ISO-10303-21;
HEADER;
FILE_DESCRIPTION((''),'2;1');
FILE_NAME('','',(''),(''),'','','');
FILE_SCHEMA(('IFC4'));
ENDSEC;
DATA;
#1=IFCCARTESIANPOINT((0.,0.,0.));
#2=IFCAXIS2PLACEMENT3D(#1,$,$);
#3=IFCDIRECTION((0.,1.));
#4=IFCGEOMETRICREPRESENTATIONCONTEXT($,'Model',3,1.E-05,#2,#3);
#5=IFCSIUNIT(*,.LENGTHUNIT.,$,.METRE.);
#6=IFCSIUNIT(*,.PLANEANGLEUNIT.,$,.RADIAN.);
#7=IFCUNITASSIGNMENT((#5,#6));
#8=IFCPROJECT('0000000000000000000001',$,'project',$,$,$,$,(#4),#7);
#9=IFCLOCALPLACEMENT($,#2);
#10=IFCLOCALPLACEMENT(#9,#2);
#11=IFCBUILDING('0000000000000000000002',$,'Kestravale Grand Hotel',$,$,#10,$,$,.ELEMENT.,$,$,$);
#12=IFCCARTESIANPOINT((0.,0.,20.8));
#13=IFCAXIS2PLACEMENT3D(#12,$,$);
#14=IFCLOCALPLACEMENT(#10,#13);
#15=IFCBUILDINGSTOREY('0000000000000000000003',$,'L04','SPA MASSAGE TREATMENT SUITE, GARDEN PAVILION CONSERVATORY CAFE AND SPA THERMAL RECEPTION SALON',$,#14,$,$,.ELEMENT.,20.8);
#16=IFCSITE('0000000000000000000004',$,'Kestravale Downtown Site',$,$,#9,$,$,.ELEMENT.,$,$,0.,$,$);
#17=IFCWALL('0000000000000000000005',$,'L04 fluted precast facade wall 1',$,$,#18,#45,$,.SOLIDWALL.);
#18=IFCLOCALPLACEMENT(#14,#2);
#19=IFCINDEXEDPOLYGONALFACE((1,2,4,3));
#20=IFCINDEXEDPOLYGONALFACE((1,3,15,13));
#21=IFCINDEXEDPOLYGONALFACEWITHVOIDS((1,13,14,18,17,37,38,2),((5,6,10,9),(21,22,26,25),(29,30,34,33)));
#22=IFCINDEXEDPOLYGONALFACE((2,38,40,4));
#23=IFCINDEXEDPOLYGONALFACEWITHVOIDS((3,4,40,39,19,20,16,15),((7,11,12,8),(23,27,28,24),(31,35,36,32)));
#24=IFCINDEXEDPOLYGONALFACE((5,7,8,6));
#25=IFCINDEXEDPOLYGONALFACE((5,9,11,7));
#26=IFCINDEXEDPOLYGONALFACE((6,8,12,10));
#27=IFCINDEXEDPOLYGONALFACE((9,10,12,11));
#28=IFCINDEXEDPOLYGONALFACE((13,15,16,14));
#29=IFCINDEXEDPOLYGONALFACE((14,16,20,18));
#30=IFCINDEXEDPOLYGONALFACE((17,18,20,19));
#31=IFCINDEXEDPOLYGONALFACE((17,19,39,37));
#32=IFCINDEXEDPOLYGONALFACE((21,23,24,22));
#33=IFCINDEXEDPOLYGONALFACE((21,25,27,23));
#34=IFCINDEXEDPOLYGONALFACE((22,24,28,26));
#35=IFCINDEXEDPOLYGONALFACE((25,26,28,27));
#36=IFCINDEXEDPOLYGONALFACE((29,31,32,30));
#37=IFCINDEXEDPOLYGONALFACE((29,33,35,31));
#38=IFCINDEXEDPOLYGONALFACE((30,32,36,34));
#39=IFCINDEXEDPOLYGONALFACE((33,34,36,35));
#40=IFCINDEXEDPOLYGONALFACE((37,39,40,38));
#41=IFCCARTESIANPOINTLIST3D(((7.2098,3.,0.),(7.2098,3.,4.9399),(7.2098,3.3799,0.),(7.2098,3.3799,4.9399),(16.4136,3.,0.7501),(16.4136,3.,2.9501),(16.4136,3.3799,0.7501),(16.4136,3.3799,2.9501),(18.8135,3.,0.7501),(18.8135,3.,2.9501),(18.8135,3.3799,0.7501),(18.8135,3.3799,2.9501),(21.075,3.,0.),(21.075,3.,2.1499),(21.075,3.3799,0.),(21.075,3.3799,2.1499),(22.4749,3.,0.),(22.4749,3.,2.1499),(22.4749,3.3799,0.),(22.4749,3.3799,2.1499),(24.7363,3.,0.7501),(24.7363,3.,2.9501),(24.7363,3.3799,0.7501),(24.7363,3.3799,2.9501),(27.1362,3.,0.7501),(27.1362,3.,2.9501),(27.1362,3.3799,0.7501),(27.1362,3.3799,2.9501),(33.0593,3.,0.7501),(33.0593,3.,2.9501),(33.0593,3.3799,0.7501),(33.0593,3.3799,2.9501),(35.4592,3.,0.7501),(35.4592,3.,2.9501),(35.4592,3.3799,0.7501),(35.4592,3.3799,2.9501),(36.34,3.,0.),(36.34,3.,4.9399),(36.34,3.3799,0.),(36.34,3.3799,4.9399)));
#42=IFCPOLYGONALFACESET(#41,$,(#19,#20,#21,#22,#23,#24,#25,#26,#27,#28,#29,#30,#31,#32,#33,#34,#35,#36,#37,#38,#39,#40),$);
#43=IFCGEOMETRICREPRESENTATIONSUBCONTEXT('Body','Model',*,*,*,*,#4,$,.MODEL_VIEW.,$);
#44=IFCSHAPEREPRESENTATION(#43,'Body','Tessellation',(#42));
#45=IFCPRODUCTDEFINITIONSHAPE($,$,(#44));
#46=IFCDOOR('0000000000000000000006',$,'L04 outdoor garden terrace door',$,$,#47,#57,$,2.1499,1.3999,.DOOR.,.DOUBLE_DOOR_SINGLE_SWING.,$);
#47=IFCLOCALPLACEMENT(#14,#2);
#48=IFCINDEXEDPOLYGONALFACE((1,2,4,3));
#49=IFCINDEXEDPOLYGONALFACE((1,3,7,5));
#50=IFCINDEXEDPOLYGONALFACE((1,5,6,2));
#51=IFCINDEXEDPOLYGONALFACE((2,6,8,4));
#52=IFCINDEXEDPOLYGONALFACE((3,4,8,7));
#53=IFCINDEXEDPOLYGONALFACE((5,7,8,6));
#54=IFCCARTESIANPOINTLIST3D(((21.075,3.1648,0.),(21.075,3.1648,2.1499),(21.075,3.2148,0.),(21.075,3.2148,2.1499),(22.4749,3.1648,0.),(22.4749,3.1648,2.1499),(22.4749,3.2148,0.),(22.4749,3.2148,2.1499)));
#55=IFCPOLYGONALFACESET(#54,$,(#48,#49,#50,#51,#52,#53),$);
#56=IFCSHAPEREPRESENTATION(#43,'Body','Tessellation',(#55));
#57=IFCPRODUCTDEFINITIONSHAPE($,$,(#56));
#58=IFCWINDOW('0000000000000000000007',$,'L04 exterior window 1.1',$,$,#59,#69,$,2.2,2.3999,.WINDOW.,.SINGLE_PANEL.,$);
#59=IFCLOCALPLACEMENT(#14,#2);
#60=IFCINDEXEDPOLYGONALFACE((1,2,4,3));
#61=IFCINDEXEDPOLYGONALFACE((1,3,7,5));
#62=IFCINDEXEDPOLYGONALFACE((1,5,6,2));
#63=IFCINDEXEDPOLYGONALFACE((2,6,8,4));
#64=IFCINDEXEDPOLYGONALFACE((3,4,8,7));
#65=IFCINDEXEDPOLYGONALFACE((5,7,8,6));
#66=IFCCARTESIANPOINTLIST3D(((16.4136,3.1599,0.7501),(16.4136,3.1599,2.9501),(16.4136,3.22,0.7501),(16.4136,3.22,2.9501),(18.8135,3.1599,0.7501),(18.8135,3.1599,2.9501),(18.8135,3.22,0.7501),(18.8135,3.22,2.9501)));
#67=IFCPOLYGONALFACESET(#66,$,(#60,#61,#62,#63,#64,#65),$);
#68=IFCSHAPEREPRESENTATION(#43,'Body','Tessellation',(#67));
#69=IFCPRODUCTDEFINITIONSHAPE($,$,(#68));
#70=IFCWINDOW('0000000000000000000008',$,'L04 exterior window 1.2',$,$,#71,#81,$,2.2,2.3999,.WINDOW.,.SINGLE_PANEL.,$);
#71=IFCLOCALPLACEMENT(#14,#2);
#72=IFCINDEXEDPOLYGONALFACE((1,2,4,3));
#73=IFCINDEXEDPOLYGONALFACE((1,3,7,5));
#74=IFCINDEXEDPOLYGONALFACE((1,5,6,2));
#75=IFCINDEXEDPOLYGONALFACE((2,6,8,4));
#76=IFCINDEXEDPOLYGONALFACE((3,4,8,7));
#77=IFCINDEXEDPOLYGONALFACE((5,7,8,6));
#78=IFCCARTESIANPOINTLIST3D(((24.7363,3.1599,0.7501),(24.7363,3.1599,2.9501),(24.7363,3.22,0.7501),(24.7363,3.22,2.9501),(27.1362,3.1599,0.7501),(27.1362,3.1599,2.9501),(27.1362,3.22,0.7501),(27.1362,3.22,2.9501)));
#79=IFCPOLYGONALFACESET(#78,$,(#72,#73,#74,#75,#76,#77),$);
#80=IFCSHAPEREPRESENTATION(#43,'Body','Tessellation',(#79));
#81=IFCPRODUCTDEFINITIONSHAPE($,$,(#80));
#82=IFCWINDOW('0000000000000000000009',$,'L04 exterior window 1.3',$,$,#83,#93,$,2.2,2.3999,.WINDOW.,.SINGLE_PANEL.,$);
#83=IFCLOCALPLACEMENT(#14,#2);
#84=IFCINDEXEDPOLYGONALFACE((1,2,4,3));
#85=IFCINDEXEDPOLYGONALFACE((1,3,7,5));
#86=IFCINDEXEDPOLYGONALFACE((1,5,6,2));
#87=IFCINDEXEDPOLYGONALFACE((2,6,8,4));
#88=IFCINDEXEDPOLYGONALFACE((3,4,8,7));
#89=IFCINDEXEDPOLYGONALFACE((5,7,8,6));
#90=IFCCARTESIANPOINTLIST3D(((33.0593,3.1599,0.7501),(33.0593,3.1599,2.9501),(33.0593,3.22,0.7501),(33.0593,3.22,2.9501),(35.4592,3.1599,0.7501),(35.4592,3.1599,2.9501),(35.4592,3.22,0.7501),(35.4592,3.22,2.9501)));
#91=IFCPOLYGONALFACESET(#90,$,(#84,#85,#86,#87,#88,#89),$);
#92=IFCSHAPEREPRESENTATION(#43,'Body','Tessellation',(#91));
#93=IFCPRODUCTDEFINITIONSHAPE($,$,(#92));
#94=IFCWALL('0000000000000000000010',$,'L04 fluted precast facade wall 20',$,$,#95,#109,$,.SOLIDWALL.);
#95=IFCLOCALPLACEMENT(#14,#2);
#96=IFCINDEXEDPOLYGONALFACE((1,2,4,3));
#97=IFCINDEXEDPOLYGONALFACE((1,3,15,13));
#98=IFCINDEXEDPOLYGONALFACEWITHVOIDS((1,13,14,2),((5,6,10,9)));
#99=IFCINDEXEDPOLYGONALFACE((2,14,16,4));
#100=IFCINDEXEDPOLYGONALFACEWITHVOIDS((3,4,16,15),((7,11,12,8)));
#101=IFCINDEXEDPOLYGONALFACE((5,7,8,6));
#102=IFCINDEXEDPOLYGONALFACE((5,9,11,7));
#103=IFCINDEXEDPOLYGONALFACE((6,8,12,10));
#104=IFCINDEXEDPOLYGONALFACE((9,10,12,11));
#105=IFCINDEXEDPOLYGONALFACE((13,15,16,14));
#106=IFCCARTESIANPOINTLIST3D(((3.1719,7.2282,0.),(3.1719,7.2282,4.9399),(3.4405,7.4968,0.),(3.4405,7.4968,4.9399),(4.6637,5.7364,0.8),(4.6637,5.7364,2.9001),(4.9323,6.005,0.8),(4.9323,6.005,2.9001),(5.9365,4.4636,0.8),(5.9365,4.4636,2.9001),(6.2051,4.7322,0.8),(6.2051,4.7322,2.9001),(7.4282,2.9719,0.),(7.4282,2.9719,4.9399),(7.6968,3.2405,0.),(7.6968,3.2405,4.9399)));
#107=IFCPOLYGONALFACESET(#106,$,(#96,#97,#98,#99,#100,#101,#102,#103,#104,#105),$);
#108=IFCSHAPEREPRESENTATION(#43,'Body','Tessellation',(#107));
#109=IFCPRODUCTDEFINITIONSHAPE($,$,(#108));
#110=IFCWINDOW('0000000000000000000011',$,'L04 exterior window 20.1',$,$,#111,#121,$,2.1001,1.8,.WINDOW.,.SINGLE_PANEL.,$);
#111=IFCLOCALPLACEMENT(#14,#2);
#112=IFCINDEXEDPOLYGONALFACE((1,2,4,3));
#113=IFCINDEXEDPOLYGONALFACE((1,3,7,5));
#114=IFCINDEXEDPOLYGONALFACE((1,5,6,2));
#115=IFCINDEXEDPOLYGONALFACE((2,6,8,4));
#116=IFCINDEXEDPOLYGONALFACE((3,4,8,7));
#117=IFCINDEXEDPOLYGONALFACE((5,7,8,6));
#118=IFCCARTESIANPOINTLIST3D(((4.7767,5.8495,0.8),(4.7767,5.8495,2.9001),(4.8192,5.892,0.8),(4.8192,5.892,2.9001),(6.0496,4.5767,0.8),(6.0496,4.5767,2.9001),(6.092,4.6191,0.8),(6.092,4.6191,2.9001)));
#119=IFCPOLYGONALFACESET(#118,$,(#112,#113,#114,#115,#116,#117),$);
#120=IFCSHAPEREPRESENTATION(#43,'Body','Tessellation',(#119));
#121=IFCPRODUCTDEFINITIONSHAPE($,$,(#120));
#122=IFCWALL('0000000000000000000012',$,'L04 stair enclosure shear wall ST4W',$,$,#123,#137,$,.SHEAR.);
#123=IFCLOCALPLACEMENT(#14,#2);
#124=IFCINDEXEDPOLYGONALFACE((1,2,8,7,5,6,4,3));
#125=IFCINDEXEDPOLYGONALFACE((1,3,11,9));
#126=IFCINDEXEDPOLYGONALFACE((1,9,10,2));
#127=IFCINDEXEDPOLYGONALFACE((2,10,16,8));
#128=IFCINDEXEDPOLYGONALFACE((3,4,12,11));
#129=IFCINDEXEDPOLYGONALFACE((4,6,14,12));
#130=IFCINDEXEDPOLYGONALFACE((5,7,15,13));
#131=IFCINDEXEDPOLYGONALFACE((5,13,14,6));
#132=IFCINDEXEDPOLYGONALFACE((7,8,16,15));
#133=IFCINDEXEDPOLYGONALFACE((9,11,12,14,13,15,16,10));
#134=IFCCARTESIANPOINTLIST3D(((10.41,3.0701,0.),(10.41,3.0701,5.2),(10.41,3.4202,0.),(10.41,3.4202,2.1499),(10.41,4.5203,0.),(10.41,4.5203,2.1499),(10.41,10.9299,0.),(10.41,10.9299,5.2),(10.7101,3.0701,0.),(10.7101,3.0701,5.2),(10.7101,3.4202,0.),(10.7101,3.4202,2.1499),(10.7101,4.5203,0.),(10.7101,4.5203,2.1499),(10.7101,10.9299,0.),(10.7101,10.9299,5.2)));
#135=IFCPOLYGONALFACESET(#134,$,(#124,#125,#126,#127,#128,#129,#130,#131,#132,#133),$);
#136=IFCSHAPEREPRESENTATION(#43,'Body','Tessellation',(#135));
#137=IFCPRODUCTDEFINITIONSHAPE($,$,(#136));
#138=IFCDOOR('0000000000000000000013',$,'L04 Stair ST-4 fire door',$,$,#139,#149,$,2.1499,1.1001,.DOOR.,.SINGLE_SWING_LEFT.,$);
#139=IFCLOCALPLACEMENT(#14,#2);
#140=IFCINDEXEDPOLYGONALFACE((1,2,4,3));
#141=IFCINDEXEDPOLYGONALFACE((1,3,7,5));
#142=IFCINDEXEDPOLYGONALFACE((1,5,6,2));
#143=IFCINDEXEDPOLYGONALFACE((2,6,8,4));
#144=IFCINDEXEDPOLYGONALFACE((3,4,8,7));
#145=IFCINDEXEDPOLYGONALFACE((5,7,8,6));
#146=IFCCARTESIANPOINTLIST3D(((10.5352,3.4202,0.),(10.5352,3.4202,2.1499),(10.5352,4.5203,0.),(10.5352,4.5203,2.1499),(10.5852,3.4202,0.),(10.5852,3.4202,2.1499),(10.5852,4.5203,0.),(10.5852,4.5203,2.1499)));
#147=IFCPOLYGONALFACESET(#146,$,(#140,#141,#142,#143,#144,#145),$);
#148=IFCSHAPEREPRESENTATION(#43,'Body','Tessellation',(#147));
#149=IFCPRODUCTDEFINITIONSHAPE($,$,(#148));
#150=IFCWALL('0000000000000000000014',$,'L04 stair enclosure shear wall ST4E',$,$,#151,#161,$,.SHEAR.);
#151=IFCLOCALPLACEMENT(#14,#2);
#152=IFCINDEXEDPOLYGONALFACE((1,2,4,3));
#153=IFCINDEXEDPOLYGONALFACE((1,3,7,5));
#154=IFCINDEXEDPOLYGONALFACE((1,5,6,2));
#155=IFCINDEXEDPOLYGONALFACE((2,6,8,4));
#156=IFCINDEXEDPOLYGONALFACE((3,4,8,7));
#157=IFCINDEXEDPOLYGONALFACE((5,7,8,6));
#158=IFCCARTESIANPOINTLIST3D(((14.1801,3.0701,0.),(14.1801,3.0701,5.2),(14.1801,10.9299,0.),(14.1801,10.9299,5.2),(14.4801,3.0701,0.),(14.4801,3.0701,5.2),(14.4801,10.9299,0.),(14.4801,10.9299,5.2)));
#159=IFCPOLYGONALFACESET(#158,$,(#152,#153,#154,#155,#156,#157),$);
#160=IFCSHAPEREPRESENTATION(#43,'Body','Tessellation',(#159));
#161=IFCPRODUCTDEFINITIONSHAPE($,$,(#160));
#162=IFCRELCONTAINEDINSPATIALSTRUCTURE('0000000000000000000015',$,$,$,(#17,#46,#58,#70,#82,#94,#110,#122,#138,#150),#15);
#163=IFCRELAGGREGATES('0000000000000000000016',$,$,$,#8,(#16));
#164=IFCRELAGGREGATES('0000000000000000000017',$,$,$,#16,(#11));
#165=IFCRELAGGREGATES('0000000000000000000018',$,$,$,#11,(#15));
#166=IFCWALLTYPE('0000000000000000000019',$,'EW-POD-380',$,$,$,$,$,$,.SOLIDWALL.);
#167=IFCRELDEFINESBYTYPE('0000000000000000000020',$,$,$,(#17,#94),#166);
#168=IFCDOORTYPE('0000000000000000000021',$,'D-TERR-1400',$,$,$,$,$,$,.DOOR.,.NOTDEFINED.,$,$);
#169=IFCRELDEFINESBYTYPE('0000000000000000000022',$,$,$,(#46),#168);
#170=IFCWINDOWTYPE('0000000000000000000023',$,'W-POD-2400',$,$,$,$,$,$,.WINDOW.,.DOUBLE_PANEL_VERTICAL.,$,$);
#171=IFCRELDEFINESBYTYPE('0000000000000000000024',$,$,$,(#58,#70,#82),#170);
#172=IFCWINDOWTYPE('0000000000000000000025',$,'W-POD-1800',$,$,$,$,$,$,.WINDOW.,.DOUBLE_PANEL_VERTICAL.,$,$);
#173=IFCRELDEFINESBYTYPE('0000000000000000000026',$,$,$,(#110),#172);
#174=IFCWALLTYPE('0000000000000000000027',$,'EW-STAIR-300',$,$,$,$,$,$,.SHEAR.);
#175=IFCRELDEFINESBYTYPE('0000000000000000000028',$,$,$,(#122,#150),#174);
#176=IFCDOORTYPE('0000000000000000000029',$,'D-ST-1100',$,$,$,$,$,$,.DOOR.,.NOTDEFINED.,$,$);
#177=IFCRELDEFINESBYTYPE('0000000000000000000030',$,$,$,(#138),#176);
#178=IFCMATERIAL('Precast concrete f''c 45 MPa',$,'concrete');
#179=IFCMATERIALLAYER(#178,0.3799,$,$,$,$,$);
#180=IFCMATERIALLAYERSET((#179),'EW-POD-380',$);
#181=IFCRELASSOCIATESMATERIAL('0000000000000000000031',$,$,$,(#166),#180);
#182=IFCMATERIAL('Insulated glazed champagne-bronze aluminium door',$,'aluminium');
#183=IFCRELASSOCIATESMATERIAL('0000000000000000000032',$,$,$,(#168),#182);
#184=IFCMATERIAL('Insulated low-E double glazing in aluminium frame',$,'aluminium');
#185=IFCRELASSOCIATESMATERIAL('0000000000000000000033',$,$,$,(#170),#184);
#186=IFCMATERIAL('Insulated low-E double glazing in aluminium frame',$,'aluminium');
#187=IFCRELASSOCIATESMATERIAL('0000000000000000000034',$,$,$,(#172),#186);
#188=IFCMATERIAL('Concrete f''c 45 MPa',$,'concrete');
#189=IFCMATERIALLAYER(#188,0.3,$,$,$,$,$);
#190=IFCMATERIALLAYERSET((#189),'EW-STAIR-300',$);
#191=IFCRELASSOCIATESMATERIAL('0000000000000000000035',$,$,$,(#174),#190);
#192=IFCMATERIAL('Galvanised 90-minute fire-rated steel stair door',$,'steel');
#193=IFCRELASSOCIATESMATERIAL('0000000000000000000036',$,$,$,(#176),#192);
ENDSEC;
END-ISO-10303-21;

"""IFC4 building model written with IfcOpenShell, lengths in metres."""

from ifc_helpers import new_model, si_unit, direction, frame, frame_2d, origin, place, context, subcontext, project, spatial, rectangle, extrude, material, layer, layer_set, type_object, element, fill, save


model = new_model("IFC4")

# Units and contexts
model_context = context("Model", 3, precision=1e-05, world=origin(), true_north=direction((0.0, 1.0)))
body_context = subcontext(model_context, "Body", "Model", "MODEL_VIEW")
ifc_project = project(units=[si_unit("LENGTHUNIT", "METRE"), si_unit("PLANEANGLEUNIT", "RADIAN")], contexts=[model_context])

# Site, building, storey
site_placement = place(None, origin())
site = spatial("IfcSite", under=ifc_project, at=site_placement, Name="Kestravale Downtown Site", CompositionType="ELEMENT", RefElevation=0.0)
building_placement = place(site_placement, origin())
building = spatial("IfcBuilding", under=site, at=building_placement, Name="Kestravale Grand Hotel", CompositionType="ELEMENT")
storey_placement = place(building_placement, frame((0.0, 0.0, 20.8)))
storey = spatial("IfcBuildingStorey", under=building, at=storey_placement, Name="L04", Description="SPA MASSAGE TREATMENT SUITE, GARDEN PAVILION CONSERVATORY CAFE AND SPA THERMAL RECEPTION SALON", CompositionType="ELEMENT", Elevation=20.8)

# Wall, openings, door, windows
ifc_material_1 = material(Name="Precast concrete f'c 45 MPa", Category="concrete")
ifc_layer_1 = layer(ifc_material_1, 0.3799)
ifc_layer_set_1 = layer_set([ifc_layer_1], Name="EW-POD-380")
wall_type_1 = type_object("IfcWallType", Name="EW-POD-380", PredefinedType="SOLIDWALL", material=ifc_layer_set_1)
wall_1_placement = place(storey_placement, frame((7.21, 3.1899, 0.0), z_axis=(0.0, 0.0, 1.0), x_axis=(1.0, 0.0, 0.0)))
wall_1 = element("IfcWall", 1, at=wall_1_placement, inside=storey, type_object=wall_type_1, Name="L04 fluted precast facade wall 1", PredefinedType="SOLIDWALL", context=body_context, shape_type="SweptSolid", body=[
    extrude(rectangle(XDim=29.1301, YDim=0.3799, at=frame_2d((14.5649, 0.0))), origin(), (0.0, 0.0, 1.0), 4.9399),
])
opening_1_placement = place(wall_1_placement, frame((13.865, 0.0, 0.0)))
opening_1 = element("IfcOpeningElement", 2, at=opening_1_placement, cuts=wall_1, PredefinedType="OPENING", context=body_context, shape_type="SweptSolid", body=[
    extrude(rectangle(XDim=1.3999, YDim=2.1499, at=frame_2d((0.7, 1.075))), frame((0.0, 0.2, 0.0), z_axis=(0.0, -1.0, 0.0), x_axis=(1.0, 0.0, 0.0)), (0.0, 0.0, 1.0), 0.3999),
])
opening_2_placement = place(wall_1_placement, frame((9.2036, 0.0, 0.75)))
opening_2 = element("IfcOpeningElement", 3, at=opening_2_placement, cuts=wall_1, PredefinedType="OPENING", context=body_context, shape_type="SweptSolid", body=[
    extrude(rectangle(XDim=2.3999, YDim=2.2, at=frame_2d((1.2, 1.1001))), frame((0.0, 0.2, 0.0), z_axis=(0.0, -1.0, 0.0), x_axis=(1.0, 0.0, 0.0)), (0.0, 0.0, 1.0), 0.3999),
])
opening_3_placement = place(wall_1_placement, frame((17.5264, 0.0, 0.75)))
opening_3 = element("IfcOpeningElement", 4, at=opening_3_placement, cuts=wall_1, PredefinedType="OPENING", context=body_context, shape_type="SweptSolid", body=[
    extrude(rectangle(XDim=2.3999, YDim=2.2, at=frame_2d((1.2, 1.1001))), frame((0.0, 0.2, 0.0), z_axis=(0.0, -1.0, 0.0), x_axis=(1.0, 0.0, 0.0)), (0.0, 0.0, 1.0), 0.3999),
])
opening_4_placement = place(wall_1_placement, frame((25.8494, 0.0, 0.75)))
opening_4 = element("IfcOpeningElement", 5, at=opening_4_placement, cuts=wall_1, PredefinedType="OPENING", context=body_context, shape_type="SweptSolid", body=[
    extrude(rectangle(XDim=2.3999, YDim=2.2, at=frame_2d((1.2, 1.1001))), frame((0.0, 0.2, 0.0), z_axis=(0.0, -1.0, 0.0), x_axis=(1.0, 0.0, 0.0)), (0.0, 0.0, 1.0), 0.3999),
])
ifc_material_2 = material(Name="Insulated glazed champagne-bronze aluminium door", Category="aluminium")
door_type_1 = type_object("IfcDoorType", Name="D-TERR-1400", OperationType="NOTDEFINED", PredefinedType="DOOR", material=ifc_material_2)
door_1_placement = place(opening_1_placement, origin())
door_1 = element("IfcDoor", 6, at=door_1_placement, inside=storey, type_object=door_type_1, Name="L04 outdoor garden terrace door", OperationType="DOUBLE_DOOR_SINGLE_SWING", OverallHeight=2.1499, OverallWidth=1.3999, PredefinedType="DOOR", context=body_context, shape_type="SweptSolid", body=[
    extrude(rectangle(XDim=1.3999, YDim=2.1499, at=frame_2d((0.7, 1.075))), frame((0.0, 0.0249, 0.0), z_axis=(0.0, -1.0, 0.0), x_axis=(1.0, 0.0, 0.0)), (0.0, 0.0, 1.0), 0.05),
])
fill(opening_1, door_1)
ifc_material_3 = material(Name="Insulated low-E double glazing in aluminium frame", Category="aluminium")
window_type_1 = type_object("IfcWindowType", Name="W-POD-2400", PartitioningType="DOUBLE_PANEL_VERTICAL", PredefinedType="WINDOW", material=ifc_material_3)
window_1_placement = place(opening_2_placement, origin())
window_1 = element("IfcWindow", 7, at=window_1_placement, inside=storey, type_object=window_type_1, Name="L04 exterior window 1.1", OverallHeight=2.2, OverallWidth=2.3999, PartitioningType="SINGLE_PANEL", PredefinedType="WINDOW", context=body_context, shape_type="SweptSolid", body=[
    extrude(rectangle(XDim=2.3999, YDim=2.2, at=frame_2d((1.2, 1.1001))), frame((0.0, 0.03, 0.0), z_axis=(0.0, -1.0, 0.0), x_axis=(1.0, 0.0, 0.0)), (0.0, 0.0, 1.0), 0.0601),
])
fill(opening_2, window_1)
window_2_placement = place(opening_3_placement, origin())
window_2 = element("IfcWindow", 8, at=window_2_placement, inside=storey, type_object=window_type_1, Name="L04 exterior window 1.2", OverallHeight=2.2, OverallWidth=2.3999, PartitioningType="SINGLE_PANEL", PredefinedType="WINDOW", context=body_context, shape_type="SweptSolid", body=[
    extrude(rectangle(XDim=2.3999, YDim=2.2, at=frame_2d((1.2, 1.1001))), frame((0.0, 0.03, 0.0), z_axis=(0.0, -1.0, 0.0), x_axis=(1.0, 0.0, 0.0)), (0.0, 0.0, 1.0), 0.0601),
])
fill(opening_3, window_2)
window_3_placement = place(opening_4_placement, origin())
window_3 = element("IfcWindow", 9, at=window_3_placement, inside=storey, type_object=window_type_1, Name="L04 exterior window 1.3", OverallHeight=2.2, OverallWidth=2.3999, PartitioningType="SINGLE_PANEL", PredefinedType="WINDOW", context=body_context, shape_type="SweptSolid", body=[
    extrude(rectangle(XDim=2.3999, YDim=2.2, at=frame_2d((1.2, 1.1001))), frame((0.0, 0.03, 0.0), z_axis=(0.0, -1.0, 0.0), x_axis=(1.0, 0.0, 0.0)), (0.0, 0.0, 1.0), 0.0601),
])
fill(opening_4, window_3)

# Wall, opening, window
wall_2_placement = place(storey_placement, frame((3.3062, 7.3625, 0.0), z_axis=(0.0, 0.0, 1.0), x_axis=(0.707107, -0.707107, 0.0)))
wall_2 = element("IfcWall", 10, at=wall_2_placement, inside=storey, type_object=wall_type_1, Name="L04 fluted precast facade wall 20", PredefinedType="SOLIDWALL", context=body_context, shape_type="SweptSolid", body=[
    extrude(rectangle(XDim=6.0193, YDim=0.3799, at=frame_2d((3.0098, 0.0))), origin(), (0.0, 0.0, 1.0), 4.9399),
])
opening_5_placement = place(wall_2_placement, frame((2.1099, 0.0, 0.8)))
opening_5 = element("IfcOpeningElement", 11, at=opening_5_placement, cuts=wall_2, PredefinedType="OPENING", context=body_context, shape_type="SweptSolid", body=[
    extrude(rectangle(XDim=1.8, YDim=2.1001, at=frame_2d((0.8999, 1.05))), frame((0.0, 0.2, 0.0), z_axis=(0.0, -1.0, 0.0), x_axis=(1.0, 0.0, 0.0)), (0.0, 0.0, 1.0), 0.3999),
])
ifc_material_4 = material(Name="Insulated low-E double glazing in aluminium frame", Category="aluminium")
window_type_2 = type_object("IfcWindowType", Name="W-POD-1800", PartitioningType="DOUBLE_PANEL_VERTICAL", PredefinedType="WINDOW", material=ifc_material_4)
window_4_placement = place(opening_5_placement, origin())
window_4 = element("IfcWindow", 12, at=window_4_placement, inside=storey, type_object=window_type_2, Name="L04 exterior window 20.1", OverallHeight=2.1001, OverallWidth=1.8, PartitioningType="SINGLE_PANEL", PredefinedType="WINDOW", context=body_context, shape_type="SweptSolid", body=[
    extrude(rectangle(XDim=1.8, YDim=2.1001, at=frame_2d((0.8999, 1.05))), frame((0.0, 0.03, 0.0), z_axis=(0.0, -1.0, 0.0), x_axis=(1.0, 0.0, 0.0)), (0.0, 0.0, 1.0), 0.0601),
])
fill(opening_5, window_4)

# Wall, opening, door
ifc_material_5 = material(Name="Concrete f'c 45 MPa", Category="concrete")
ifc_layer_2 = layer(ifc_material_5, 0.3)
ifc_layer_set_2 = layer_set([ifc_layer_2], Name="EW-STAIR-300")
wall_type_2 = type_object("IfcWallType", Name="EW-STAIR-300", PredefinedType="SHEAR", material=ifc_layer_set_2)
wall_3_placement = place(storey_placement, frame((10.5601, 3.0701, 0.0), z_axis=(0.0, 0.0, 1.0), x_axis=(0.0, 1.0, 0.0)))
wall_3 = element("IfcWall", 13, at=wall_3_placement, inside=storey, type_object=wall_type_2, Name="L04 stair enclosure shear wall ST4W", PredefinedType="SHEAR", context=body_context, shape_type="SweptSolid", body=[
    extrude(rectangle(XDim=7.8599, YDim=0.3, at=frame_2d((3.9299, 0.0))), origin(), (0.0, 0.0, 1.0), 5.2),
])
opening_6_placement = place(wall_3_placement, frame((0.3501, 0.0, 0.0)))
opening_6 = element("IfcOpeningElement", 14, at=opening_6_placement, cuts=wall_3, PredefinedType="OPENING", context=body_context, shape_type="SweptSolid", body=[
    extrude(rectangle(XDim=1.1001, YDim=2.1499, at=frame_2d((0.55, 1.075))), frame((0.0, 0.1599, 0.0), z_axis=(0.0, -1.0, 0.0), x_axis=(1.0, 0.0, 0.0)), (0.0, 0.0, 1.0), 0.3201),
])
ifc_material_6 = material(Name="Galvanised 90-minute fire-rated steel stair door", Category="steel")
door_type_2 = type_object("IfcDoorType", Name="D-ST-1100", OperationType="NOTDEFINED", PredefinedType="DOOR", material=ifc_material_6)
door_2_placement = place(opening_6_placement, origin())
door_2 = element("IfcDoor", 15, at=door_2_placement, inside=storey, type_object=door_type_2, Name="L04 Stair ST-4 fire door", OperationType="SINGLE_SWING_LEFT", OverallHeight=2.1499, OverallWidth=1.1001, PredefinedType="DOOR", context=body_context, shape_type="SweptSolid", body=[
    extrude(rectangle(XDim=1.1001, YDim=2.1499, at=frame_2d((0.55, 1.075))), frame((0.0, 0.0249, 0.0), z_axis=(0.0, -1.0, 0.0), x_axis=(1.0, 0.0, 0.0)), (0.0, 0.0, 1.0), 0.05),
])
fill(opening_6, door_2)

# Wall
wall_4_placement = place(storey_placement, frame((14.3301, 3.0701, 0.0), z_axis=(0.0, 0.0, 1.0), x_axis=(0.0, 1.0, 0.0)))
element("IfcWall", 16, at=wall_4_placement, inside=storey, type_object=wall_type_2, Name="L04 stair enclosure shear wall ST4E", PredefinedType="SHEAR", context=body_context, shape_type="SweptSolid", body=[
    extrude(rectangle(XDim=7.8599, YDim=0.3, at=frame_2d((3.9299, 0.0))), origin(), (0.0, 0.0, 1.0), 5.2),
])

save(model, "model.ifc")
